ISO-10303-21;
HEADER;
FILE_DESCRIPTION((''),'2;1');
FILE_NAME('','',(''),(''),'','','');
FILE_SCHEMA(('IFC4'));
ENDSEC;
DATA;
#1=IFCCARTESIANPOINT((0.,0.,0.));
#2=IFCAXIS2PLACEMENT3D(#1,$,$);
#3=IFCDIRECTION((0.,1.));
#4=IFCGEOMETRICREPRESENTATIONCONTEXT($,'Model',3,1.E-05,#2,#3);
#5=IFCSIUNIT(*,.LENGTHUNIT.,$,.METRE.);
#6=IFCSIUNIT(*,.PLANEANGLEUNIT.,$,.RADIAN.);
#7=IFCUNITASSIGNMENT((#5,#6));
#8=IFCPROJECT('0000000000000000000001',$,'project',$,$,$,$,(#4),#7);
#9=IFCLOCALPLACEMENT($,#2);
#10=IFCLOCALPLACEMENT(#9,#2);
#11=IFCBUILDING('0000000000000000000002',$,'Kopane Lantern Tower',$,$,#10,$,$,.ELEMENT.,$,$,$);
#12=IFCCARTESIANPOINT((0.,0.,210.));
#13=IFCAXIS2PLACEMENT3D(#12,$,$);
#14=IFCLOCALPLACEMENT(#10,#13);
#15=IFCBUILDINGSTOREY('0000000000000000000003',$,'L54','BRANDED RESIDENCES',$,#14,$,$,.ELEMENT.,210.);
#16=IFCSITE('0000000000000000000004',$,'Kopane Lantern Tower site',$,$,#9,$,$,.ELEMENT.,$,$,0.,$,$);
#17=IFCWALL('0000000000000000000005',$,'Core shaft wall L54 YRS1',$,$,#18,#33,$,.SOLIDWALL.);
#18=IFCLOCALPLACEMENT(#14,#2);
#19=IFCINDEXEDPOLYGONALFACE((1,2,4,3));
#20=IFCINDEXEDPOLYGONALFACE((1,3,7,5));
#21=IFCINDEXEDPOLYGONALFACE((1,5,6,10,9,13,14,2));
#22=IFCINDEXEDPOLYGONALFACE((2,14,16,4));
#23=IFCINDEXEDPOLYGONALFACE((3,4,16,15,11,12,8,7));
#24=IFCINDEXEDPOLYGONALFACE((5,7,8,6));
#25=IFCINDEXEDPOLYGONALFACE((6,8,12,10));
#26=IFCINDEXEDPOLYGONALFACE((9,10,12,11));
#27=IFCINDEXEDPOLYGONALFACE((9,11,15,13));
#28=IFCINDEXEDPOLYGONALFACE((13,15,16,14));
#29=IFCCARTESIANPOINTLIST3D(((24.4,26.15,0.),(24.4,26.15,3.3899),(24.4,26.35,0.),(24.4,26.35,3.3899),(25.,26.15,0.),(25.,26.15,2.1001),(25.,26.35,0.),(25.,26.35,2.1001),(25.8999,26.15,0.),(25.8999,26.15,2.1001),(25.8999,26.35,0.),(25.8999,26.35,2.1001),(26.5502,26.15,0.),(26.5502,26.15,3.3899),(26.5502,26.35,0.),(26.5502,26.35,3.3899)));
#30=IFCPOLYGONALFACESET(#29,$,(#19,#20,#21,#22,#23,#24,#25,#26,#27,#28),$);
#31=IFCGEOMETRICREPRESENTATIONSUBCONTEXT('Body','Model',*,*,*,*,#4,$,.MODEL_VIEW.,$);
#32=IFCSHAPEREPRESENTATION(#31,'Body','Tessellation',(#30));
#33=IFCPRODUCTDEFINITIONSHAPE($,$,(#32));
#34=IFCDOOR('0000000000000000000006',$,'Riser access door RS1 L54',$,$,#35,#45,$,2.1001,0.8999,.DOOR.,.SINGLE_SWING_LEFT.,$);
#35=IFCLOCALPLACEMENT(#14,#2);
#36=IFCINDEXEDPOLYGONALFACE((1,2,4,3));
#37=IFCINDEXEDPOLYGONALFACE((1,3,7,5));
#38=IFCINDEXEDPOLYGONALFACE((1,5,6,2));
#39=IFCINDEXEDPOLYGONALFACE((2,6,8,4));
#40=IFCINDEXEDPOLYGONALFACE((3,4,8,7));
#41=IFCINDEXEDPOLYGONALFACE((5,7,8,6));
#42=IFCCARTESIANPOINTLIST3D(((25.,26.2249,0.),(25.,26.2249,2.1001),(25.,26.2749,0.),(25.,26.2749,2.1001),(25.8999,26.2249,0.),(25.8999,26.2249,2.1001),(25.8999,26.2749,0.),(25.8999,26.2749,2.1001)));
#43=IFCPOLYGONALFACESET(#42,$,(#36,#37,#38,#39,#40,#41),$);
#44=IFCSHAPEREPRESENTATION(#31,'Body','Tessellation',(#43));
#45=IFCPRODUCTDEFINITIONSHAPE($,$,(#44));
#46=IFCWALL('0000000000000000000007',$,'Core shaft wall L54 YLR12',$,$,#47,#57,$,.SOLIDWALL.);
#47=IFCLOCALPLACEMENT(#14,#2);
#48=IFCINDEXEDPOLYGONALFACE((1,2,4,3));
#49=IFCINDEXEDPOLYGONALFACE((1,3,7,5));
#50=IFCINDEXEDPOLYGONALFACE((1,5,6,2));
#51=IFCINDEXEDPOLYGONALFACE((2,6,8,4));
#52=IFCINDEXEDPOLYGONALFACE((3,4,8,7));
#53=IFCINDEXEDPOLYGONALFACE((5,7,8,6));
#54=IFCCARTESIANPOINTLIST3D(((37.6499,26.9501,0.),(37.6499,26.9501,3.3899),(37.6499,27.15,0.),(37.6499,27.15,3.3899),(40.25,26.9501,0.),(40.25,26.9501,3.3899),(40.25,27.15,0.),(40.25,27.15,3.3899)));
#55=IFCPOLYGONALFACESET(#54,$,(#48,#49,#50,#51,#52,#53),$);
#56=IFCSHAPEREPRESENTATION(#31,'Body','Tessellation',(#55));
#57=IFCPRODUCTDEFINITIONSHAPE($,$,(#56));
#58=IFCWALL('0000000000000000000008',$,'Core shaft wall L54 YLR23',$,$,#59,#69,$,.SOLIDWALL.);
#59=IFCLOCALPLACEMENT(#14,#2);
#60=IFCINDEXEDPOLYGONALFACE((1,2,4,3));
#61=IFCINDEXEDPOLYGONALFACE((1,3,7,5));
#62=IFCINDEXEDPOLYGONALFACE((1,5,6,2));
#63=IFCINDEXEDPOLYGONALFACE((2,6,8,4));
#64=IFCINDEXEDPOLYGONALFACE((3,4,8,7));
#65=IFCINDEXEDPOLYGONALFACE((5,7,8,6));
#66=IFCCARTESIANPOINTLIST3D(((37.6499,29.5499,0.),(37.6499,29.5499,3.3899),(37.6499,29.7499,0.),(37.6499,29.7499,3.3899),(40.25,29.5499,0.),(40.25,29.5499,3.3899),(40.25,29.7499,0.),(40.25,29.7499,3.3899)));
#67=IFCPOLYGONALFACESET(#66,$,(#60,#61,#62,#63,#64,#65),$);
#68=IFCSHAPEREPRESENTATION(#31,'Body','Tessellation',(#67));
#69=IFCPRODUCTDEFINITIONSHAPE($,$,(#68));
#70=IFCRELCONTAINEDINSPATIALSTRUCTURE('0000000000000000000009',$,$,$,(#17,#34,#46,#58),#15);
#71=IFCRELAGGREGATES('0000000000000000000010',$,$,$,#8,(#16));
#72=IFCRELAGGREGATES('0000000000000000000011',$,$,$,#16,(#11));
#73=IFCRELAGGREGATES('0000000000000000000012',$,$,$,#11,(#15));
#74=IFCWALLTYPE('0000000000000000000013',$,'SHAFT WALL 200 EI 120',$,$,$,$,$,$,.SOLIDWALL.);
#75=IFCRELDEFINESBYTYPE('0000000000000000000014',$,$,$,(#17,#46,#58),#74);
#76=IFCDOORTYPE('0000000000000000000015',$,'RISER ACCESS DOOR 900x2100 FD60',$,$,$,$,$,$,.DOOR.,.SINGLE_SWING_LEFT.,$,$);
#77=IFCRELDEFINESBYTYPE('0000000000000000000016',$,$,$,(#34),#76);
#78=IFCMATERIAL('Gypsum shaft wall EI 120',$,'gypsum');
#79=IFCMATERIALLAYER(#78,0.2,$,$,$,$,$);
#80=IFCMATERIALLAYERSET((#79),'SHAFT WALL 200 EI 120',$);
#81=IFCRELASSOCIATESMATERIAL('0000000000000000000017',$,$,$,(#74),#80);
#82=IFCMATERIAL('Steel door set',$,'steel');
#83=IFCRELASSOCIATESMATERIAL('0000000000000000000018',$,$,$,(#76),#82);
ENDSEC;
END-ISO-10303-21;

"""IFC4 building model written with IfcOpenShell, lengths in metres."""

from ifc_helpers import new_model, si_unit, direction, frame, frame_2d, origin, place, context, subcontext, project, spatial, rectangle, extrude, material, layer, layer_set, type_object, element, fill, save


model = new_model("IFC4")

# Units and contexts
model_context = context("Model", 3, precision=1e-05, world=origin(), true_north=direction((0.0, 1.0)))
body_context = subcontext(model_context, "Body", "Model", "MODEL_VIEW")
ifc_project = project(units=[si_unit("LENGTHUNIT", "METRE"), si_unit("PLANEANGLEUNIT", "RADIAN")], contexts=[model_context])

# Site, building, storey
site_placement = place(None, origin())
site = spatial("IfcSite", under=ifc_project, at=site_placement, Name="Kopane Lantern Tower site", CompositionType="ELEMENT", RefElevation=0.0)
building_placement = place(site_placement, origin())
building = spatial("IfcBuilding", under=site, at=building_placement, Name="Kopane Lantern Tower", CompositionType="ELEMENT")
storey_placement = place(building_placement, frame((0.0, 0.0, 210.0)))
storey = spatial("IfcBuildingStorey", under=building, at=storey_placement, Name="L54", Description="BRANDED RESIDENCES", CompositionType="ELEMENT", Elevation=210.0)

# Shared definitions
ifc_material_1 = material(Name="Gypsum shaft wall EI 120", Category="gypsum")
ifc_layer_1 = layer(ifc_material_1, 0.2)
ifc_layer_set_1 = layer_set([ifc_layer_1], Name="SHAFT WALL 200 EI 120")
wall_type_1 = type_object("IfcWallType", Name="SHAFT WALL 200 EI 120", PredefinedType="SOLIDWALL", material=ifc_layer_set_1)

# Wall, opening, door
wall_1_placement = place(storey_placement, frame((24.3999, 26.25, 0.0), z_axis=(0.0, 0.0, 1.0), x_axis=(1.0, 0.0, 0.0)))
wall_1 = element("IfcWall", 1, at=wall_1_placement, inside=storey, type_object=wall_type_1, Name="Core shaft wall L54 YRS1", PredefinedType="SOLIDWALL", context=body_context, shape_type="SweptSolid", body=[
    extrude(rectangle(XDim=2.1501, YDim=0.2, at=frame_2d((1.0752, 0.0))), origin(), (0.0, 0.0, 1.0), 3.3899),
])
opening_1_placement = place(wall_1_placement, frame((0.6001, 0.0, 0.0)))
opening_1 = element("IfcOpeningElement", 2, at=opening_1_placement, cuts=wall_1, PredefinedType="OPENING", context=body_context, shape_type="SweptSolid", body=[
    extrude(rectangle(XDim=0.8999, YDim=2.1001, at=frame_2d((0.45, 1.05))), frame((0.0, 0.1099, 0.0), z_axis=(0.0, -1.0, 0.0), x_axis=(1.0, 0.0, 0.0)), (0.0, 0.0, 1.0), 0.22),
])
ifc_material_2 = material(Name="Steel door set", Category="steel")
door_type_1 = type_object("IfcDoorType", Name="RISER ACCESS DOOR 900x2100 FD60", OperationType="SINGLE_SWING_LEFT", PredefinedType="DOOR", material=ifc_material_2)
door_1_placement = place(opening_1_placement, origin())
door_1 = element("IfcDoor", 3, at=door_1_placement, inside=storey, type_object=door_type_1, Name="Riser access door RS1 L54", OperationType="SINGLE_SWING_LEFT", OverallHeight=2.1001, OverallWidth=0.8999, PredefinedType="DOOR", context=body_context, shape_type="SweptSolid", body=[
    extrude(rectangle(XDim=0.8999, YDim=2.1001, at=frame_2d((0.45, 1.05))), frame((0.0, 0.0249, 0.0), z_axis=(0.0, -1.0, 0.0), x_axis=(1.0, 0.0, 0.0)), (0.0, 0.0, 1.0), 0.05),
])
fill(opening_1, door_1)

# Walls
for number, where, z_axis, x_axis, name in (
    (4, (37.6499, 27.05, 0.0), (0.0, 0.0, 1.0), (1.0, 0.0, 0.0), "Core shaft wall L54 YLR12"),
    (5, (37.6499, 29.6499, 0.0), (0.0, 0.0, 1.0), (1.0, 0.0, 0.0), "Core shaft wall L54 YLR23"),
):
    element("IfcWall", number, at=place(storey_placement, frame(where, z_axis=z_axis, x_axis=x_axis)), inside=storey, type_object=wall_type_1, Name=name, PredefinedType="SOLIDWALL", context=body_context, shape_type="SweptSolid", body=[
        extrude(rectangle(XDim=2.6001, YDim=0.2, at=frame_2d((1.3, 0.0))), origin(), (0.0, 0.0, 1.0), 3.3899),
    ])

save(model, "model.ifc")
